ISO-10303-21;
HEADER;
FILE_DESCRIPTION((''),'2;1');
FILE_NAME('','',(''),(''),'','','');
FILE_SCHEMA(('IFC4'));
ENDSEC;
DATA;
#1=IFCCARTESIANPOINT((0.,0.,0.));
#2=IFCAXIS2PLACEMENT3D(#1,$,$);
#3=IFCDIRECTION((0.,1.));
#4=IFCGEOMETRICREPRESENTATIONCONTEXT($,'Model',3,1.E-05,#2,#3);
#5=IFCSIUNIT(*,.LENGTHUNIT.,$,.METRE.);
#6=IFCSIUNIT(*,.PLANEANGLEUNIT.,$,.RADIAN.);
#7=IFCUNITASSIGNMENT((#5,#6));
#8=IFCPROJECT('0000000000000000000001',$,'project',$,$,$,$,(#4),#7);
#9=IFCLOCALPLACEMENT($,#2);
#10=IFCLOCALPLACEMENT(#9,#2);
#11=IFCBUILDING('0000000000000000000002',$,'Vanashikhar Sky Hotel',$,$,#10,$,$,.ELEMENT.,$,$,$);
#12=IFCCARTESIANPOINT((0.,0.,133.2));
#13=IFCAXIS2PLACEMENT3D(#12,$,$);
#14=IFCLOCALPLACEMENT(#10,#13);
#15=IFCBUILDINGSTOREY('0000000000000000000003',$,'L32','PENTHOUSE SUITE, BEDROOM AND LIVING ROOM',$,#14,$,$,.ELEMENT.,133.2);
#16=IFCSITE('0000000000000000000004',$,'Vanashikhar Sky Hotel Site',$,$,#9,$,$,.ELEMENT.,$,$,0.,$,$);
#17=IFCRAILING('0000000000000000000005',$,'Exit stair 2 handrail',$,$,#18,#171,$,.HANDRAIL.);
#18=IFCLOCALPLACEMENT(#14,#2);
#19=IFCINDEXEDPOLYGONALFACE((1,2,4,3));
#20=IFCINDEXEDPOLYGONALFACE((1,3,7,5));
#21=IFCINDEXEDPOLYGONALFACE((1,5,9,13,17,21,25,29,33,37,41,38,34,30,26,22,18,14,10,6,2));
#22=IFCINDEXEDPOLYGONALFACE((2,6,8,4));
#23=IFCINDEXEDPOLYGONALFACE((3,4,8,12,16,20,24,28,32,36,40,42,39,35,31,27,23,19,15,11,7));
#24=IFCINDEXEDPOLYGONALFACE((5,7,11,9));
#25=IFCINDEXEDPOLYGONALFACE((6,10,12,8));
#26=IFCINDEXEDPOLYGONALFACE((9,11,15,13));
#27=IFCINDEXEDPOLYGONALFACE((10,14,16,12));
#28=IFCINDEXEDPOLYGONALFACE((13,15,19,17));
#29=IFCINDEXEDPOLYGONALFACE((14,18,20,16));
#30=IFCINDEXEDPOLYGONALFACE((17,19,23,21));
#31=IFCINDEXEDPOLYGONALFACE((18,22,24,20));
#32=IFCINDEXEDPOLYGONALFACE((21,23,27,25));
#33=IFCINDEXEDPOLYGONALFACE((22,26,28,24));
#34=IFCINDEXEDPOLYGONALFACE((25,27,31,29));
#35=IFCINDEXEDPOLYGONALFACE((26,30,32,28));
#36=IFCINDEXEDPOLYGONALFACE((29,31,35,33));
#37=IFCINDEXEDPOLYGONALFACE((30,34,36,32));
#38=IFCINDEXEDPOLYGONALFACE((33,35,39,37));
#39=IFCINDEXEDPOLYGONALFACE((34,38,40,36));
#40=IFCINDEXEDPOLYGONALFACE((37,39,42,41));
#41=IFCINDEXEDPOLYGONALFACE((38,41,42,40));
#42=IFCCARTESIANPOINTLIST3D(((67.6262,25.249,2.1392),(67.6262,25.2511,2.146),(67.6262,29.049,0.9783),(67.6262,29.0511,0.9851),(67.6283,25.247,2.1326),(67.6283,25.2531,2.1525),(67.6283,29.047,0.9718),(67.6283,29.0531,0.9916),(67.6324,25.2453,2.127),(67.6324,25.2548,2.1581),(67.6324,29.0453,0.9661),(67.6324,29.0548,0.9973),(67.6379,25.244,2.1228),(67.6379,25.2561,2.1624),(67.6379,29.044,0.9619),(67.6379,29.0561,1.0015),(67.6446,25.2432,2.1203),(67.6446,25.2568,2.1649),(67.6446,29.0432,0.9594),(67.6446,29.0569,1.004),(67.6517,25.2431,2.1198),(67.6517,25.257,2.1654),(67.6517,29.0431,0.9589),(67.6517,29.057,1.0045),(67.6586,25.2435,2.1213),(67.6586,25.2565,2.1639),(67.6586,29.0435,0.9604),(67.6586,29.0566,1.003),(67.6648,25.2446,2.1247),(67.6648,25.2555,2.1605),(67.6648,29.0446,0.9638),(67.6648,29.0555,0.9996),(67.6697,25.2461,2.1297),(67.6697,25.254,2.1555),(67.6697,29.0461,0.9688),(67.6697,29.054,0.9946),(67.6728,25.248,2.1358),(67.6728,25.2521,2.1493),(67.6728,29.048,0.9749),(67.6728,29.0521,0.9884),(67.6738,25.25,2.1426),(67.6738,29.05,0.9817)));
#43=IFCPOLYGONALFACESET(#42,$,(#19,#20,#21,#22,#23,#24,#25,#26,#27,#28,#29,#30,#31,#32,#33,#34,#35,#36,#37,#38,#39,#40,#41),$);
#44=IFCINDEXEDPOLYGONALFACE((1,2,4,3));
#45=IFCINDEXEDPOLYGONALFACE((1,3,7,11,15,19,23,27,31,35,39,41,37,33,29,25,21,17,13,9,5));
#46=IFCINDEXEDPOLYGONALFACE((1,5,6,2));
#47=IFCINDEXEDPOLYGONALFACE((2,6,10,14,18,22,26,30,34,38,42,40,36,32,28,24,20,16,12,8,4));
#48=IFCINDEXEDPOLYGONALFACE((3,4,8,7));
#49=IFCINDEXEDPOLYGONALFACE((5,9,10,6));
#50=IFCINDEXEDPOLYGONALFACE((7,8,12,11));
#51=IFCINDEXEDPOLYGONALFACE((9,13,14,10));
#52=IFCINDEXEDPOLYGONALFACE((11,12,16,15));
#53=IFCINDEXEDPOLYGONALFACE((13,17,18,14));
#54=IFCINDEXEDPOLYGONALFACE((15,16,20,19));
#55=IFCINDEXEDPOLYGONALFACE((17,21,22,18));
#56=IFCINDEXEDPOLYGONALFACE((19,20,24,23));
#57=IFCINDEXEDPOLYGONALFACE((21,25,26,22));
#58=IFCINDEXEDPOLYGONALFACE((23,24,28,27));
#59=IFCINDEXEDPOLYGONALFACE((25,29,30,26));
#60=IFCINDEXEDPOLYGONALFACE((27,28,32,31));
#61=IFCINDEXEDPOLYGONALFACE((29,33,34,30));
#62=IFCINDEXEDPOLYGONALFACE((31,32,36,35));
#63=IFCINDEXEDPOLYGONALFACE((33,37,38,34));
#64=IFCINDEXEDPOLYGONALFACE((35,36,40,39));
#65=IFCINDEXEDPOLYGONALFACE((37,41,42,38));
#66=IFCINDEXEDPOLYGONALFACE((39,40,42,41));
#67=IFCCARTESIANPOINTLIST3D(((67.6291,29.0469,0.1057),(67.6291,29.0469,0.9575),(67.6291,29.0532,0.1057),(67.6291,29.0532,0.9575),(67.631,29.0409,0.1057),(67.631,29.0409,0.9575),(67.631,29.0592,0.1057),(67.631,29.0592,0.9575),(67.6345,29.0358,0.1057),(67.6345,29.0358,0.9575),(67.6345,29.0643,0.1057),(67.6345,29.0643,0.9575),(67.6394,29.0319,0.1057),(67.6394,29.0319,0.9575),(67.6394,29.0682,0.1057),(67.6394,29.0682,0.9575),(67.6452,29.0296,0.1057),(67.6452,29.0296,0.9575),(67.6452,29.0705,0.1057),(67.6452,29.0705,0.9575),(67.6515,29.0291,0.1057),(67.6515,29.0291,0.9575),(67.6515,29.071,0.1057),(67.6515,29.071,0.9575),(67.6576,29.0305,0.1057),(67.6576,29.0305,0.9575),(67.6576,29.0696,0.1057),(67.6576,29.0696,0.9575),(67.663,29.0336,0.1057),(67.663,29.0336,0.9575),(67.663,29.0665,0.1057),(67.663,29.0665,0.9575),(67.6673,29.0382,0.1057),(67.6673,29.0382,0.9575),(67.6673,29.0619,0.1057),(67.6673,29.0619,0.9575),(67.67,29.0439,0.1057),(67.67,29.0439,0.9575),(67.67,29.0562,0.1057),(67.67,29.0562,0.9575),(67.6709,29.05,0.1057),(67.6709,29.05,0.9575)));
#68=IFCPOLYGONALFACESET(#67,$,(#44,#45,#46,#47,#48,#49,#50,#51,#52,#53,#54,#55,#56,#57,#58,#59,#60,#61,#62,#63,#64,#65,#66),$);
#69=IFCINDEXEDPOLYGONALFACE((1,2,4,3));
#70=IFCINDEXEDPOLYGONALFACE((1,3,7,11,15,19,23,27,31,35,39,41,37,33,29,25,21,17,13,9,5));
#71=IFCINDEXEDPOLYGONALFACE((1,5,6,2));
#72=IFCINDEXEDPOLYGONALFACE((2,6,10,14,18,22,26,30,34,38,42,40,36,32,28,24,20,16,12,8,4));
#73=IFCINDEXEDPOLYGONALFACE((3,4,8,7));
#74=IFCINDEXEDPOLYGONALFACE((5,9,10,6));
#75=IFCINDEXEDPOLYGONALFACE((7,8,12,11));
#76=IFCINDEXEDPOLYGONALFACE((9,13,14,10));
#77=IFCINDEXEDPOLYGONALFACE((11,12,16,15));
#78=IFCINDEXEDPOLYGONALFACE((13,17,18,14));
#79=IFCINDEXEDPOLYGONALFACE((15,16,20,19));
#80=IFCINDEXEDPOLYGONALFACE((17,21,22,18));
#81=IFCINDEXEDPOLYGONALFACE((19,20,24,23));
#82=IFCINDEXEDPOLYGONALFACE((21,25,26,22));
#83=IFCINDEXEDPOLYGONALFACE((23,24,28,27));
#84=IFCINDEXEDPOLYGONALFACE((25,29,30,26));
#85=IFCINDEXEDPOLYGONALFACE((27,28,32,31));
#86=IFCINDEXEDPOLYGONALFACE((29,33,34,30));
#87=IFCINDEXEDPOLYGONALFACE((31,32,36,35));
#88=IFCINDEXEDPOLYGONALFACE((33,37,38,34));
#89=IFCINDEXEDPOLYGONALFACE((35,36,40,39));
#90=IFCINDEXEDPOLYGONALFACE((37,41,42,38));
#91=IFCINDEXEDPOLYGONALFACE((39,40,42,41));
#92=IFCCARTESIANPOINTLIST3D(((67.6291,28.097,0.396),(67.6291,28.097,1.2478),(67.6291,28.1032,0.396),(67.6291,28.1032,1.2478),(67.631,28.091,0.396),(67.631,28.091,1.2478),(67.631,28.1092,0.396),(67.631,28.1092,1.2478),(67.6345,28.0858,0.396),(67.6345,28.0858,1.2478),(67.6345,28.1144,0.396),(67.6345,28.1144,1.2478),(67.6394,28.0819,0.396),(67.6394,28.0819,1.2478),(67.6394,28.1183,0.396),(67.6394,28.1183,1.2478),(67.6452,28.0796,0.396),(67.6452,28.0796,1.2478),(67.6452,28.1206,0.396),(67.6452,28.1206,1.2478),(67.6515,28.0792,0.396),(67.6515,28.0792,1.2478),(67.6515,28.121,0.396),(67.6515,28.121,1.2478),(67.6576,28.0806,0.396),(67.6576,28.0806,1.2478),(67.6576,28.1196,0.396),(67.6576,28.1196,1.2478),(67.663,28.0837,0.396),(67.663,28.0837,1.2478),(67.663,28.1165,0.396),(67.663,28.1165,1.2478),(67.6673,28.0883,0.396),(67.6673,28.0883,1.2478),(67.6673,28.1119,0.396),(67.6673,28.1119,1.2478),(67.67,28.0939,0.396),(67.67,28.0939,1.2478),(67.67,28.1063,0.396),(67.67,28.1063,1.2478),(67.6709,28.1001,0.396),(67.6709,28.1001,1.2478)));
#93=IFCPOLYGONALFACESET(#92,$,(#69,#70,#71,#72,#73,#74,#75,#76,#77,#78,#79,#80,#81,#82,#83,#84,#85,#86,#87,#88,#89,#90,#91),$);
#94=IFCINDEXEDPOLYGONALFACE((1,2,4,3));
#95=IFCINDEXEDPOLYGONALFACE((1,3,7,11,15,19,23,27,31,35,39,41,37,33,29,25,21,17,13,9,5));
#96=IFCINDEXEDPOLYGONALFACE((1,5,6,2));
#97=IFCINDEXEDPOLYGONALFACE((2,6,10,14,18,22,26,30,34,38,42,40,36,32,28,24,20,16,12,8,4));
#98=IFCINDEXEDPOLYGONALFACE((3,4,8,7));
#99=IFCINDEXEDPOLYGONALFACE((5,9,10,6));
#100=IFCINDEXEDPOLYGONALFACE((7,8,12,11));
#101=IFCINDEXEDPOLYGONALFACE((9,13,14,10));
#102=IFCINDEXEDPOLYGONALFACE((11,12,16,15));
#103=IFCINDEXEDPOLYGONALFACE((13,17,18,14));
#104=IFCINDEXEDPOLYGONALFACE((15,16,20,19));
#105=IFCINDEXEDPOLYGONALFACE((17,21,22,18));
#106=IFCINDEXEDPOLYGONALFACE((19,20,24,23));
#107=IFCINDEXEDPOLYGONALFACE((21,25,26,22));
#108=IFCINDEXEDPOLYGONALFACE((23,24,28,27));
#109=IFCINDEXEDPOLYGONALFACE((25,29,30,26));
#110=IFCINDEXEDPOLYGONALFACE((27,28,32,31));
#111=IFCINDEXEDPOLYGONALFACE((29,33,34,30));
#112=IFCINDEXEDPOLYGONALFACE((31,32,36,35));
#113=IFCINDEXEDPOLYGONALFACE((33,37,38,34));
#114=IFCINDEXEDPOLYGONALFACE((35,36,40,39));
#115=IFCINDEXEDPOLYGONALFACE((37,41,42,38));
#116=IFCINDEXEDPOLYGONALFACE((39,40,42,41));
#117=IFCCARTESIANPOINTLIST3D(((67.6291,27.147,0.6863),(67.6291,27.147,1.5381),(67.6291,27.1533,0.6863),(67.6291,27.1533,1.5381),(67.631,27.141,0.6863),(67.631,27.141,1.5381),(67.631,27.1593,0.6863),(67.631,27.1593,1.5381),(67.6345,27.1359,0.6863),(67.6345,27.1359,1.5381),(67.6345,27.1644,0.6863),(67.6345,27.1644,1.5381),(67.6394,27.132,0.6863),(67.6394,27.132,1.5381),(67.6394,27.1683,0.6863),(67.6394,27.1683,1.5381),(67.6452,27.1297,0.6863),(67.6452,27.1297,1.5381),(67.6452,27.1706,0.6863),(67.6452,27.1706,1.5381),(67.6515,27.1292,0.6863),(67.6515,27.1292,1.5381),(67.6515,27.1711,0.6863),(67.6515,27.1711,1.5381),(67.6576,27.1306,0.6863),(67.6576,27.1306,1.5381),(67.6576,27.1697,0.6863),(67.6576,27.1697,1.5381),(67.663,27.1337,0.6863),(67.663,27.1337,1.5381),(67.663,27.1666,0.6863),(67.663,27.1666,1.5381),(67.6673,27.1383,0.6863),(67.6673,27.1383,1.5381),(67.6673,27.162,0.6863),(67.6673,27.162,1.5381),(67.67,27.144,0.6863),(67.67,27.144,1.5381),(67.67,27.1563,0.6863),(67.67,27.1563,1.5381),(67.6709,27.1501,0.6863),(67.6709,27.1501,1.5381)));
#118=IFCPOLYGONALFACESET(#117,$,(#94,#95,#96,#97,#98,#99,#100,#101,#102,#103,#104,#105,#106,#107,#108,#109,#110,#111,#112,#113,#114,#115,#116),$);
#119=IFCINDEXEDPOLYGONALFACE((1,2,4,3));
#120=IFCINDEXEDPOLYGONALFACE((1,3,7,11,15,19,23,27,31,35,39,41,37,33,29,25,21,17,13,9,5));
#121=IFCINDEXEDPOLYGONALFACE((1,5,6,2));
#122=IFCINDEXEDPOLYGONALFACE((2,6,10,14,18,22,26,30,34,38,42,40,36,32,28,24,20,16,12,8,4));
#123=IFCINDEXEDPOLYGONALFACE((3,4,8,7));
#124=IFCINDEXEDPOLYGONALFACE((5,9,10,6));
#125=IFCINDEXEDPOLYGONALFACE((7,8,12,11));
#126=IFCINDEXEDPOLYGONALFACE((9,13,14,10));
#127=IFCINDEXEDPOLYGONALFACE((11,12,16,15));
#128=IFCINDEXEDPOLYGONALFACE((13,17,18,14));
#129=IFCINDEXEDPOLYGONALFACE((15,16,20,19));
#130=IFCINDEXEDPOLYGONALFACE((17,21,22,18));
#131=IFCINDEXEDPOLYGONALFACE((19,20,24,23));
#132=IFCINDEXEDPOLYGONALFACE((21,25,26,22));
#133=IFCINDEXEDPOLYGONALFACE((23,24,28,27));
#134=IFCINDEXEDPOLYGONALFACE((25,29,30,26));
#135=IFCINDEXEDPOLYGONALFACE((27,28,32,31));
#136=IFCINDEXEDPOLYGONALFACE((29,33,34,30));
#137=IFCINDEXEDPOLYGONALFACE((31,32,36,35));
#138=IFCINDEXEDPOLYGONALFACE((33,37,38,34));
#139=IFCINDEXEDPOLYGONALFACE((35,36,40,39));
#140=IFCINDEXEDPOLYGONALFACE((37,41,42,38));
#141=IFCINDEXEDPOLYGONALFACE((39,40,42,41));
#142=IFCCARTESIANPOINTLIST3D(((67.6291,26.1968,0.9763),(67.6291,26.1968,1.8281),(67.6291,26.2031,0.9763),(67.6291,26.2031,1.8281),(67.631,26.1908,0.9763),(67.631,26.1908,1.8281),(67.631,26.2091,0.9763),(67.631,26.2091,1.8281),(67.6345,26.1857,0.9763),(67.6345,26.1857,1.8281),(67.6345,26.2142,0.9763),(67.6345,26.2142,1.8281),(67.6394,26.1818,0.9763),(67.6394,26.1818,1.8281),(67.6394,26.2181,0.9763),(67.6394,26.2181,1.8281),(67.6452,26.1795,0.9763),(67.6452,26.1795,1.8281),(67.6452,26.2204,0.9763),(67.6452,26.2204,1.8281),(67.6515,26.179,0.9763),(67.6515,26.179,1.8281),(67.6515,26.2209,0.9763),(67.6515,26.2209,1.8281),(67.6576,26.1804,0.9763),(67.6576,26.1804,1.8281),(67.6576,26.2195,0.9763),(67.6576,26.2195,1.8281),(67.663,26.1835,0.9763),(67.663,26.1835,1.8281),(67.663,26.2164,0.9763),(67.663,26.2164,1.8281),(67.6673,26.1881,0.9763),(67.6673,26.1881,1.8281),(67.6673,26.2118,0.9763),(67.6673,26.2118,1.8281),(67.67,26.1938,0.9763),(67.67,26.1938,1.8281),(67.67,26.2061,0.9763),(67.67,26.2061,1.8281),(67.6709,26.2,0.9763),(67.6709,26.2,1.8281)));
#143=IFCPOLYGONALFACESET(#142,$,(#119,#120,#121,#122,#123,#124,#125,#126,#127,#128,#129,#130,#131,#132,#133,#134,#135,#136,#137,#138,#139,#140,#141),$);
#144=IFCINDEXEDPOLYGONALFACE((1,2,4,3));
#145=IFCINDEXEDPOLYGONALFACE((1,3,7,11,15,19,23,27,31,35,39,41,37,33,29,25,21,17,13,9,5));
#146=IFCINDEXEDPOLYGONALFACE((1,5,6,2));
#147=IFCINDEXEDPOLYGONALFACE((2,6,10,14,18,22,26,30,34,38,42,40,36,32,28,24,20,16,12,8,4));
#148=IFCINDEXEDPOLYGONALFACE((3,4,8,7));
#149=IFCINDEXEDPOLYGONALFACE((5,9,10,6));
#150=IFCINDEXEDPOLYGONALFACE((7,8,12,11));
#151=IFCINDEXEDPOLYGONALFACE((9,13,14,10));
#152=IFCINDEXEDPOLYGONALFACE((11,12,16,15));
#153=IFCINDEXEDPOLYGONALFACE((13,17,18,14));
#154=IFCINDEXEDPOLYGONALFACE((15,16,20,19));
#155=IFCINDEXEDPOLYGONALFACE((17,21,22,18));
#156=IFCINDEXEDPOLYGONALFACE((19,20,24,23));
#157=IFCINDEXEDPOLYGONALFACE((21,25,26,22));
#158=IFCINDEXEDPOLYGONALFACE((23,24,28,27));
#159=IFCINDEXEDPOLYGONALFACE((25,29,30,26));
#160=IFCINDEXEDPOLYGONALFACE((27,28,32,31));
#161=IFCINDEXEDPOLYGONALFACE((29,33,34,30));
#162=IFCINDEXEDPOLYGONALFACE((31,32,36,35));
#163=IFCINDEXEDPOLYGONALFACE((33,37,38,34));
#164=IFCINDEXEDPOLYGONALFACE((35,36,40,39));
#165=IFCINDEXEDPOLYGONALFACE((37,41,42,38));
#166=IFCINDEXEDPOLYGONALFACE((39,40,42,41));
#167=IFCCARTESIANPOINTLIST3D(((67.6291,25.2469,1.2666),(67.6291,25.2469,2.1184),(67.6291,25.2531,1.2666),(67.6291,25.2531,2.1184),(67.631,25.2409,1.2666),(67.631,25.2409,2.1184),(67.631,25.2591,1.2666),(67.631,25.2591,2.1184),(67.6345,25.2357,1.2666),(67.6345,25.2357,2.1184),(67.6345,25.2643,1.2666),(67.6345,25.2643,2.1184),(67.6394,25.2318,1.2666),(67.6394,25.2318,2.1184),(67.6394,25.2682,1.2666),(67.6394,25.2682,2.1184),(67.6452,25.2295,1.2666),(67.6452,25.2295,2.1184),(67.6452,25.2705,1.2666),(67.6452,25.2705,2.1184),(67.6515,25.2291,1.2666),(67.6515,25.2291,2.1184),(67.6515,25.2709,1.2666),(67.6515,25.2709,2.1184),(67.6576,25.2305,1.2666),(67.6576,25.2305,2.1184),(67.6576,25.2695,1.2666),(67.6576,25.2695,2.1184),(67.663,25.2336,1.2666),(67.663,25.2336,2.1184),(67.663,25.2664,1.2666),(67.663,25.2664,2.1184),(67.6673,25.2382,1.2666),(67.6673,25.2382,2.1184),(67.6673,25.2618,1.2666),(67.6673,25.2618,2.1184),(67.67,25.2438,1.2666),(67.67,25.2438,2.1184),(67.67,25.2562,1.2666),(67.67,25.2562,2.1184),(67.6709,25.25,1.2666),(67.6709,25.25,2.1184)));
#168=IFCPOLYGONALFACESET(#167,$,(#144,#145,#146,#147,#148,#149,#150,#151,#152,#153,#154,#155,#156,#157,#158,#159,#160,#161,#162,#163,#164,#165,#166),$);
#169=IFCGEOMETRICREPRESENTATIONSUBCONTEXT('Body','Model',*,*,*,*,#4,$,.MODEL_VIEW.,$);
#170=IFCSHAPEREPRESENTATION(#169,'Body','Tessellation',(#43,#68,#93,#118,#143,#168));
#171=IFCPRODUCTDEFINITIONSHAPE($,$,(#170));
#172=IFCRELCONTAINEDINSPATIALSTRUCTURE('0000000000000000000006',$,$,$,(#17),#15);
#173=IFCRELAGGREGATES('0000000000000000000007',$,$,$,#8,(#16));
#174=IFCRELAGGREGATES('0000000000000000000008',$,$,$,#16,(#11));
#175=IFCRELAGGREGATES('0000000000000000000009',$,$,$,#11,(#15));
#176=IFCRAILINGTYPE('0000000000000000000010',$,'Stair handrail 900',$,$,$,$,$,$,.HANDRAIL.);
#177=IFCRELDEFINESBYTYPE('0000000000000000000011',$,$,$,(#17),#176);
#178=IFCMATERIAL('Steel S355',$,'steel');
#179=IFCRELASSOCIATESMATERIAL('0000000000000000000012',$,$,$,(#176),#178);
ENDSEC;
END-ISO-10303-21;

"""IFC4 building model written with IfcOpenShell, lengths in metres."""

from ifc_helpers import new_model, si_unit, direction, frame, origin, origin_2d, place, context, subcontext, project, spatial, circle, extrude, source, transform, mapped, material, type_object, element, save


model = new_model("IFC4")

# Units and contexts
model_context = context("Model", 3, precision=1e-05, world=origin(), true_north=direction((0.0, 1.0)))
body_context = subcontext(model_context, "Body", "Model", "MODEL_VIEW")
ifc_project = project(units=[si_unit("LENGTHUNIT", "METRE"), si_unit("PLANEANGLEUNIT", "RADIAN")], contexts=[model_context])

# Site, building, storey
site_placement = place(None, origin())
site = spatial("IfcSite", under=ifc_project, at=site_placement, Name="Vanashikhar Sky Hotel Site", CompositionType="ELEMENT", RefElevation=0.0)
building_placement = place(site_placement, origin())
building = spatial("IfcBuilding", under=site, at=building_placement, Name="Vanashikhar Sky Hotel", CompositionType="ELEMENT")
storey_placement = place(building_placement, frame((0.0, 0.0, 133.2)))
storey = spatial("IfcBuildingStorey", under=building, at=storey_placement, Name="L32", Description="PENTHOUSE SUITE, BEDROOM AND LIVING ROOM", CompositionType="ELEMENT", Elevation=133.2)

# Railing
ifc_material_1 = material(Name="Steel S355", Category="steel")
railing_type_1 = type_object("IfcRailingType", Name="Stair handrail 900", PredefinedType="HANDRAIL", material=ifc_material_1)
shared_shape_1 = source(origin(), body_context, "Body", "SweptSolid", [
    extrude(circle(Radius=0.0239, at=origin_2d()), frame((0.0, 0.0, 0.876), z_axis=(0.0, -0.956368, 0.292164), x_axis=(1.0, 0.0, 0.0)), (0.0, 0.0, 1.0), 3.9734),
    extrude(circle(Radius=0.021, at=origin_2d()), origin(), (0.0, 0.0, 1.0), 0.8518),
    extrude(circle(Radius=0.021, at=origin_2d()), frame((0.0, -0.95, 0.2903)), (0.0, 0.0, 1.0), 0.8518),
    extrude(circle(Radius=0.021, at=origin_2d()), frame((0.0, -1.8999, 0.5806)), (0.0, 0.0, 1.0), 0.8518),
    extrude(circle(Radius=0.021, at=origin_2d()), frame((0.0, -2.8501, 0.8706)), (0.0, 0.0, 1.0), 0.8518),
    extrude(circle(Radius=0.021, at=origin_2d()), frame((0.0, -3.8, 1.1609)), (0.0, 0.0, 1.0), 0.8518),
])
for number, where, name in (
    (1, (67.6499, 29.05, 0.1057), "Exit stair 2 handrail"),
):
    element("IfcRailing", number, at=place(storey_placement, frame(where)), inside=storey, type_object=railing_type_1, Name=name, PredefinedType="HANDRAIL", context=body_context, shape_type="MappedRepresentation", body=[
        mapped(shared_shape_1, transform((0.0, 0.0, 0.0), scale=1.0)),
    ])

save(model, "model.ifc")
